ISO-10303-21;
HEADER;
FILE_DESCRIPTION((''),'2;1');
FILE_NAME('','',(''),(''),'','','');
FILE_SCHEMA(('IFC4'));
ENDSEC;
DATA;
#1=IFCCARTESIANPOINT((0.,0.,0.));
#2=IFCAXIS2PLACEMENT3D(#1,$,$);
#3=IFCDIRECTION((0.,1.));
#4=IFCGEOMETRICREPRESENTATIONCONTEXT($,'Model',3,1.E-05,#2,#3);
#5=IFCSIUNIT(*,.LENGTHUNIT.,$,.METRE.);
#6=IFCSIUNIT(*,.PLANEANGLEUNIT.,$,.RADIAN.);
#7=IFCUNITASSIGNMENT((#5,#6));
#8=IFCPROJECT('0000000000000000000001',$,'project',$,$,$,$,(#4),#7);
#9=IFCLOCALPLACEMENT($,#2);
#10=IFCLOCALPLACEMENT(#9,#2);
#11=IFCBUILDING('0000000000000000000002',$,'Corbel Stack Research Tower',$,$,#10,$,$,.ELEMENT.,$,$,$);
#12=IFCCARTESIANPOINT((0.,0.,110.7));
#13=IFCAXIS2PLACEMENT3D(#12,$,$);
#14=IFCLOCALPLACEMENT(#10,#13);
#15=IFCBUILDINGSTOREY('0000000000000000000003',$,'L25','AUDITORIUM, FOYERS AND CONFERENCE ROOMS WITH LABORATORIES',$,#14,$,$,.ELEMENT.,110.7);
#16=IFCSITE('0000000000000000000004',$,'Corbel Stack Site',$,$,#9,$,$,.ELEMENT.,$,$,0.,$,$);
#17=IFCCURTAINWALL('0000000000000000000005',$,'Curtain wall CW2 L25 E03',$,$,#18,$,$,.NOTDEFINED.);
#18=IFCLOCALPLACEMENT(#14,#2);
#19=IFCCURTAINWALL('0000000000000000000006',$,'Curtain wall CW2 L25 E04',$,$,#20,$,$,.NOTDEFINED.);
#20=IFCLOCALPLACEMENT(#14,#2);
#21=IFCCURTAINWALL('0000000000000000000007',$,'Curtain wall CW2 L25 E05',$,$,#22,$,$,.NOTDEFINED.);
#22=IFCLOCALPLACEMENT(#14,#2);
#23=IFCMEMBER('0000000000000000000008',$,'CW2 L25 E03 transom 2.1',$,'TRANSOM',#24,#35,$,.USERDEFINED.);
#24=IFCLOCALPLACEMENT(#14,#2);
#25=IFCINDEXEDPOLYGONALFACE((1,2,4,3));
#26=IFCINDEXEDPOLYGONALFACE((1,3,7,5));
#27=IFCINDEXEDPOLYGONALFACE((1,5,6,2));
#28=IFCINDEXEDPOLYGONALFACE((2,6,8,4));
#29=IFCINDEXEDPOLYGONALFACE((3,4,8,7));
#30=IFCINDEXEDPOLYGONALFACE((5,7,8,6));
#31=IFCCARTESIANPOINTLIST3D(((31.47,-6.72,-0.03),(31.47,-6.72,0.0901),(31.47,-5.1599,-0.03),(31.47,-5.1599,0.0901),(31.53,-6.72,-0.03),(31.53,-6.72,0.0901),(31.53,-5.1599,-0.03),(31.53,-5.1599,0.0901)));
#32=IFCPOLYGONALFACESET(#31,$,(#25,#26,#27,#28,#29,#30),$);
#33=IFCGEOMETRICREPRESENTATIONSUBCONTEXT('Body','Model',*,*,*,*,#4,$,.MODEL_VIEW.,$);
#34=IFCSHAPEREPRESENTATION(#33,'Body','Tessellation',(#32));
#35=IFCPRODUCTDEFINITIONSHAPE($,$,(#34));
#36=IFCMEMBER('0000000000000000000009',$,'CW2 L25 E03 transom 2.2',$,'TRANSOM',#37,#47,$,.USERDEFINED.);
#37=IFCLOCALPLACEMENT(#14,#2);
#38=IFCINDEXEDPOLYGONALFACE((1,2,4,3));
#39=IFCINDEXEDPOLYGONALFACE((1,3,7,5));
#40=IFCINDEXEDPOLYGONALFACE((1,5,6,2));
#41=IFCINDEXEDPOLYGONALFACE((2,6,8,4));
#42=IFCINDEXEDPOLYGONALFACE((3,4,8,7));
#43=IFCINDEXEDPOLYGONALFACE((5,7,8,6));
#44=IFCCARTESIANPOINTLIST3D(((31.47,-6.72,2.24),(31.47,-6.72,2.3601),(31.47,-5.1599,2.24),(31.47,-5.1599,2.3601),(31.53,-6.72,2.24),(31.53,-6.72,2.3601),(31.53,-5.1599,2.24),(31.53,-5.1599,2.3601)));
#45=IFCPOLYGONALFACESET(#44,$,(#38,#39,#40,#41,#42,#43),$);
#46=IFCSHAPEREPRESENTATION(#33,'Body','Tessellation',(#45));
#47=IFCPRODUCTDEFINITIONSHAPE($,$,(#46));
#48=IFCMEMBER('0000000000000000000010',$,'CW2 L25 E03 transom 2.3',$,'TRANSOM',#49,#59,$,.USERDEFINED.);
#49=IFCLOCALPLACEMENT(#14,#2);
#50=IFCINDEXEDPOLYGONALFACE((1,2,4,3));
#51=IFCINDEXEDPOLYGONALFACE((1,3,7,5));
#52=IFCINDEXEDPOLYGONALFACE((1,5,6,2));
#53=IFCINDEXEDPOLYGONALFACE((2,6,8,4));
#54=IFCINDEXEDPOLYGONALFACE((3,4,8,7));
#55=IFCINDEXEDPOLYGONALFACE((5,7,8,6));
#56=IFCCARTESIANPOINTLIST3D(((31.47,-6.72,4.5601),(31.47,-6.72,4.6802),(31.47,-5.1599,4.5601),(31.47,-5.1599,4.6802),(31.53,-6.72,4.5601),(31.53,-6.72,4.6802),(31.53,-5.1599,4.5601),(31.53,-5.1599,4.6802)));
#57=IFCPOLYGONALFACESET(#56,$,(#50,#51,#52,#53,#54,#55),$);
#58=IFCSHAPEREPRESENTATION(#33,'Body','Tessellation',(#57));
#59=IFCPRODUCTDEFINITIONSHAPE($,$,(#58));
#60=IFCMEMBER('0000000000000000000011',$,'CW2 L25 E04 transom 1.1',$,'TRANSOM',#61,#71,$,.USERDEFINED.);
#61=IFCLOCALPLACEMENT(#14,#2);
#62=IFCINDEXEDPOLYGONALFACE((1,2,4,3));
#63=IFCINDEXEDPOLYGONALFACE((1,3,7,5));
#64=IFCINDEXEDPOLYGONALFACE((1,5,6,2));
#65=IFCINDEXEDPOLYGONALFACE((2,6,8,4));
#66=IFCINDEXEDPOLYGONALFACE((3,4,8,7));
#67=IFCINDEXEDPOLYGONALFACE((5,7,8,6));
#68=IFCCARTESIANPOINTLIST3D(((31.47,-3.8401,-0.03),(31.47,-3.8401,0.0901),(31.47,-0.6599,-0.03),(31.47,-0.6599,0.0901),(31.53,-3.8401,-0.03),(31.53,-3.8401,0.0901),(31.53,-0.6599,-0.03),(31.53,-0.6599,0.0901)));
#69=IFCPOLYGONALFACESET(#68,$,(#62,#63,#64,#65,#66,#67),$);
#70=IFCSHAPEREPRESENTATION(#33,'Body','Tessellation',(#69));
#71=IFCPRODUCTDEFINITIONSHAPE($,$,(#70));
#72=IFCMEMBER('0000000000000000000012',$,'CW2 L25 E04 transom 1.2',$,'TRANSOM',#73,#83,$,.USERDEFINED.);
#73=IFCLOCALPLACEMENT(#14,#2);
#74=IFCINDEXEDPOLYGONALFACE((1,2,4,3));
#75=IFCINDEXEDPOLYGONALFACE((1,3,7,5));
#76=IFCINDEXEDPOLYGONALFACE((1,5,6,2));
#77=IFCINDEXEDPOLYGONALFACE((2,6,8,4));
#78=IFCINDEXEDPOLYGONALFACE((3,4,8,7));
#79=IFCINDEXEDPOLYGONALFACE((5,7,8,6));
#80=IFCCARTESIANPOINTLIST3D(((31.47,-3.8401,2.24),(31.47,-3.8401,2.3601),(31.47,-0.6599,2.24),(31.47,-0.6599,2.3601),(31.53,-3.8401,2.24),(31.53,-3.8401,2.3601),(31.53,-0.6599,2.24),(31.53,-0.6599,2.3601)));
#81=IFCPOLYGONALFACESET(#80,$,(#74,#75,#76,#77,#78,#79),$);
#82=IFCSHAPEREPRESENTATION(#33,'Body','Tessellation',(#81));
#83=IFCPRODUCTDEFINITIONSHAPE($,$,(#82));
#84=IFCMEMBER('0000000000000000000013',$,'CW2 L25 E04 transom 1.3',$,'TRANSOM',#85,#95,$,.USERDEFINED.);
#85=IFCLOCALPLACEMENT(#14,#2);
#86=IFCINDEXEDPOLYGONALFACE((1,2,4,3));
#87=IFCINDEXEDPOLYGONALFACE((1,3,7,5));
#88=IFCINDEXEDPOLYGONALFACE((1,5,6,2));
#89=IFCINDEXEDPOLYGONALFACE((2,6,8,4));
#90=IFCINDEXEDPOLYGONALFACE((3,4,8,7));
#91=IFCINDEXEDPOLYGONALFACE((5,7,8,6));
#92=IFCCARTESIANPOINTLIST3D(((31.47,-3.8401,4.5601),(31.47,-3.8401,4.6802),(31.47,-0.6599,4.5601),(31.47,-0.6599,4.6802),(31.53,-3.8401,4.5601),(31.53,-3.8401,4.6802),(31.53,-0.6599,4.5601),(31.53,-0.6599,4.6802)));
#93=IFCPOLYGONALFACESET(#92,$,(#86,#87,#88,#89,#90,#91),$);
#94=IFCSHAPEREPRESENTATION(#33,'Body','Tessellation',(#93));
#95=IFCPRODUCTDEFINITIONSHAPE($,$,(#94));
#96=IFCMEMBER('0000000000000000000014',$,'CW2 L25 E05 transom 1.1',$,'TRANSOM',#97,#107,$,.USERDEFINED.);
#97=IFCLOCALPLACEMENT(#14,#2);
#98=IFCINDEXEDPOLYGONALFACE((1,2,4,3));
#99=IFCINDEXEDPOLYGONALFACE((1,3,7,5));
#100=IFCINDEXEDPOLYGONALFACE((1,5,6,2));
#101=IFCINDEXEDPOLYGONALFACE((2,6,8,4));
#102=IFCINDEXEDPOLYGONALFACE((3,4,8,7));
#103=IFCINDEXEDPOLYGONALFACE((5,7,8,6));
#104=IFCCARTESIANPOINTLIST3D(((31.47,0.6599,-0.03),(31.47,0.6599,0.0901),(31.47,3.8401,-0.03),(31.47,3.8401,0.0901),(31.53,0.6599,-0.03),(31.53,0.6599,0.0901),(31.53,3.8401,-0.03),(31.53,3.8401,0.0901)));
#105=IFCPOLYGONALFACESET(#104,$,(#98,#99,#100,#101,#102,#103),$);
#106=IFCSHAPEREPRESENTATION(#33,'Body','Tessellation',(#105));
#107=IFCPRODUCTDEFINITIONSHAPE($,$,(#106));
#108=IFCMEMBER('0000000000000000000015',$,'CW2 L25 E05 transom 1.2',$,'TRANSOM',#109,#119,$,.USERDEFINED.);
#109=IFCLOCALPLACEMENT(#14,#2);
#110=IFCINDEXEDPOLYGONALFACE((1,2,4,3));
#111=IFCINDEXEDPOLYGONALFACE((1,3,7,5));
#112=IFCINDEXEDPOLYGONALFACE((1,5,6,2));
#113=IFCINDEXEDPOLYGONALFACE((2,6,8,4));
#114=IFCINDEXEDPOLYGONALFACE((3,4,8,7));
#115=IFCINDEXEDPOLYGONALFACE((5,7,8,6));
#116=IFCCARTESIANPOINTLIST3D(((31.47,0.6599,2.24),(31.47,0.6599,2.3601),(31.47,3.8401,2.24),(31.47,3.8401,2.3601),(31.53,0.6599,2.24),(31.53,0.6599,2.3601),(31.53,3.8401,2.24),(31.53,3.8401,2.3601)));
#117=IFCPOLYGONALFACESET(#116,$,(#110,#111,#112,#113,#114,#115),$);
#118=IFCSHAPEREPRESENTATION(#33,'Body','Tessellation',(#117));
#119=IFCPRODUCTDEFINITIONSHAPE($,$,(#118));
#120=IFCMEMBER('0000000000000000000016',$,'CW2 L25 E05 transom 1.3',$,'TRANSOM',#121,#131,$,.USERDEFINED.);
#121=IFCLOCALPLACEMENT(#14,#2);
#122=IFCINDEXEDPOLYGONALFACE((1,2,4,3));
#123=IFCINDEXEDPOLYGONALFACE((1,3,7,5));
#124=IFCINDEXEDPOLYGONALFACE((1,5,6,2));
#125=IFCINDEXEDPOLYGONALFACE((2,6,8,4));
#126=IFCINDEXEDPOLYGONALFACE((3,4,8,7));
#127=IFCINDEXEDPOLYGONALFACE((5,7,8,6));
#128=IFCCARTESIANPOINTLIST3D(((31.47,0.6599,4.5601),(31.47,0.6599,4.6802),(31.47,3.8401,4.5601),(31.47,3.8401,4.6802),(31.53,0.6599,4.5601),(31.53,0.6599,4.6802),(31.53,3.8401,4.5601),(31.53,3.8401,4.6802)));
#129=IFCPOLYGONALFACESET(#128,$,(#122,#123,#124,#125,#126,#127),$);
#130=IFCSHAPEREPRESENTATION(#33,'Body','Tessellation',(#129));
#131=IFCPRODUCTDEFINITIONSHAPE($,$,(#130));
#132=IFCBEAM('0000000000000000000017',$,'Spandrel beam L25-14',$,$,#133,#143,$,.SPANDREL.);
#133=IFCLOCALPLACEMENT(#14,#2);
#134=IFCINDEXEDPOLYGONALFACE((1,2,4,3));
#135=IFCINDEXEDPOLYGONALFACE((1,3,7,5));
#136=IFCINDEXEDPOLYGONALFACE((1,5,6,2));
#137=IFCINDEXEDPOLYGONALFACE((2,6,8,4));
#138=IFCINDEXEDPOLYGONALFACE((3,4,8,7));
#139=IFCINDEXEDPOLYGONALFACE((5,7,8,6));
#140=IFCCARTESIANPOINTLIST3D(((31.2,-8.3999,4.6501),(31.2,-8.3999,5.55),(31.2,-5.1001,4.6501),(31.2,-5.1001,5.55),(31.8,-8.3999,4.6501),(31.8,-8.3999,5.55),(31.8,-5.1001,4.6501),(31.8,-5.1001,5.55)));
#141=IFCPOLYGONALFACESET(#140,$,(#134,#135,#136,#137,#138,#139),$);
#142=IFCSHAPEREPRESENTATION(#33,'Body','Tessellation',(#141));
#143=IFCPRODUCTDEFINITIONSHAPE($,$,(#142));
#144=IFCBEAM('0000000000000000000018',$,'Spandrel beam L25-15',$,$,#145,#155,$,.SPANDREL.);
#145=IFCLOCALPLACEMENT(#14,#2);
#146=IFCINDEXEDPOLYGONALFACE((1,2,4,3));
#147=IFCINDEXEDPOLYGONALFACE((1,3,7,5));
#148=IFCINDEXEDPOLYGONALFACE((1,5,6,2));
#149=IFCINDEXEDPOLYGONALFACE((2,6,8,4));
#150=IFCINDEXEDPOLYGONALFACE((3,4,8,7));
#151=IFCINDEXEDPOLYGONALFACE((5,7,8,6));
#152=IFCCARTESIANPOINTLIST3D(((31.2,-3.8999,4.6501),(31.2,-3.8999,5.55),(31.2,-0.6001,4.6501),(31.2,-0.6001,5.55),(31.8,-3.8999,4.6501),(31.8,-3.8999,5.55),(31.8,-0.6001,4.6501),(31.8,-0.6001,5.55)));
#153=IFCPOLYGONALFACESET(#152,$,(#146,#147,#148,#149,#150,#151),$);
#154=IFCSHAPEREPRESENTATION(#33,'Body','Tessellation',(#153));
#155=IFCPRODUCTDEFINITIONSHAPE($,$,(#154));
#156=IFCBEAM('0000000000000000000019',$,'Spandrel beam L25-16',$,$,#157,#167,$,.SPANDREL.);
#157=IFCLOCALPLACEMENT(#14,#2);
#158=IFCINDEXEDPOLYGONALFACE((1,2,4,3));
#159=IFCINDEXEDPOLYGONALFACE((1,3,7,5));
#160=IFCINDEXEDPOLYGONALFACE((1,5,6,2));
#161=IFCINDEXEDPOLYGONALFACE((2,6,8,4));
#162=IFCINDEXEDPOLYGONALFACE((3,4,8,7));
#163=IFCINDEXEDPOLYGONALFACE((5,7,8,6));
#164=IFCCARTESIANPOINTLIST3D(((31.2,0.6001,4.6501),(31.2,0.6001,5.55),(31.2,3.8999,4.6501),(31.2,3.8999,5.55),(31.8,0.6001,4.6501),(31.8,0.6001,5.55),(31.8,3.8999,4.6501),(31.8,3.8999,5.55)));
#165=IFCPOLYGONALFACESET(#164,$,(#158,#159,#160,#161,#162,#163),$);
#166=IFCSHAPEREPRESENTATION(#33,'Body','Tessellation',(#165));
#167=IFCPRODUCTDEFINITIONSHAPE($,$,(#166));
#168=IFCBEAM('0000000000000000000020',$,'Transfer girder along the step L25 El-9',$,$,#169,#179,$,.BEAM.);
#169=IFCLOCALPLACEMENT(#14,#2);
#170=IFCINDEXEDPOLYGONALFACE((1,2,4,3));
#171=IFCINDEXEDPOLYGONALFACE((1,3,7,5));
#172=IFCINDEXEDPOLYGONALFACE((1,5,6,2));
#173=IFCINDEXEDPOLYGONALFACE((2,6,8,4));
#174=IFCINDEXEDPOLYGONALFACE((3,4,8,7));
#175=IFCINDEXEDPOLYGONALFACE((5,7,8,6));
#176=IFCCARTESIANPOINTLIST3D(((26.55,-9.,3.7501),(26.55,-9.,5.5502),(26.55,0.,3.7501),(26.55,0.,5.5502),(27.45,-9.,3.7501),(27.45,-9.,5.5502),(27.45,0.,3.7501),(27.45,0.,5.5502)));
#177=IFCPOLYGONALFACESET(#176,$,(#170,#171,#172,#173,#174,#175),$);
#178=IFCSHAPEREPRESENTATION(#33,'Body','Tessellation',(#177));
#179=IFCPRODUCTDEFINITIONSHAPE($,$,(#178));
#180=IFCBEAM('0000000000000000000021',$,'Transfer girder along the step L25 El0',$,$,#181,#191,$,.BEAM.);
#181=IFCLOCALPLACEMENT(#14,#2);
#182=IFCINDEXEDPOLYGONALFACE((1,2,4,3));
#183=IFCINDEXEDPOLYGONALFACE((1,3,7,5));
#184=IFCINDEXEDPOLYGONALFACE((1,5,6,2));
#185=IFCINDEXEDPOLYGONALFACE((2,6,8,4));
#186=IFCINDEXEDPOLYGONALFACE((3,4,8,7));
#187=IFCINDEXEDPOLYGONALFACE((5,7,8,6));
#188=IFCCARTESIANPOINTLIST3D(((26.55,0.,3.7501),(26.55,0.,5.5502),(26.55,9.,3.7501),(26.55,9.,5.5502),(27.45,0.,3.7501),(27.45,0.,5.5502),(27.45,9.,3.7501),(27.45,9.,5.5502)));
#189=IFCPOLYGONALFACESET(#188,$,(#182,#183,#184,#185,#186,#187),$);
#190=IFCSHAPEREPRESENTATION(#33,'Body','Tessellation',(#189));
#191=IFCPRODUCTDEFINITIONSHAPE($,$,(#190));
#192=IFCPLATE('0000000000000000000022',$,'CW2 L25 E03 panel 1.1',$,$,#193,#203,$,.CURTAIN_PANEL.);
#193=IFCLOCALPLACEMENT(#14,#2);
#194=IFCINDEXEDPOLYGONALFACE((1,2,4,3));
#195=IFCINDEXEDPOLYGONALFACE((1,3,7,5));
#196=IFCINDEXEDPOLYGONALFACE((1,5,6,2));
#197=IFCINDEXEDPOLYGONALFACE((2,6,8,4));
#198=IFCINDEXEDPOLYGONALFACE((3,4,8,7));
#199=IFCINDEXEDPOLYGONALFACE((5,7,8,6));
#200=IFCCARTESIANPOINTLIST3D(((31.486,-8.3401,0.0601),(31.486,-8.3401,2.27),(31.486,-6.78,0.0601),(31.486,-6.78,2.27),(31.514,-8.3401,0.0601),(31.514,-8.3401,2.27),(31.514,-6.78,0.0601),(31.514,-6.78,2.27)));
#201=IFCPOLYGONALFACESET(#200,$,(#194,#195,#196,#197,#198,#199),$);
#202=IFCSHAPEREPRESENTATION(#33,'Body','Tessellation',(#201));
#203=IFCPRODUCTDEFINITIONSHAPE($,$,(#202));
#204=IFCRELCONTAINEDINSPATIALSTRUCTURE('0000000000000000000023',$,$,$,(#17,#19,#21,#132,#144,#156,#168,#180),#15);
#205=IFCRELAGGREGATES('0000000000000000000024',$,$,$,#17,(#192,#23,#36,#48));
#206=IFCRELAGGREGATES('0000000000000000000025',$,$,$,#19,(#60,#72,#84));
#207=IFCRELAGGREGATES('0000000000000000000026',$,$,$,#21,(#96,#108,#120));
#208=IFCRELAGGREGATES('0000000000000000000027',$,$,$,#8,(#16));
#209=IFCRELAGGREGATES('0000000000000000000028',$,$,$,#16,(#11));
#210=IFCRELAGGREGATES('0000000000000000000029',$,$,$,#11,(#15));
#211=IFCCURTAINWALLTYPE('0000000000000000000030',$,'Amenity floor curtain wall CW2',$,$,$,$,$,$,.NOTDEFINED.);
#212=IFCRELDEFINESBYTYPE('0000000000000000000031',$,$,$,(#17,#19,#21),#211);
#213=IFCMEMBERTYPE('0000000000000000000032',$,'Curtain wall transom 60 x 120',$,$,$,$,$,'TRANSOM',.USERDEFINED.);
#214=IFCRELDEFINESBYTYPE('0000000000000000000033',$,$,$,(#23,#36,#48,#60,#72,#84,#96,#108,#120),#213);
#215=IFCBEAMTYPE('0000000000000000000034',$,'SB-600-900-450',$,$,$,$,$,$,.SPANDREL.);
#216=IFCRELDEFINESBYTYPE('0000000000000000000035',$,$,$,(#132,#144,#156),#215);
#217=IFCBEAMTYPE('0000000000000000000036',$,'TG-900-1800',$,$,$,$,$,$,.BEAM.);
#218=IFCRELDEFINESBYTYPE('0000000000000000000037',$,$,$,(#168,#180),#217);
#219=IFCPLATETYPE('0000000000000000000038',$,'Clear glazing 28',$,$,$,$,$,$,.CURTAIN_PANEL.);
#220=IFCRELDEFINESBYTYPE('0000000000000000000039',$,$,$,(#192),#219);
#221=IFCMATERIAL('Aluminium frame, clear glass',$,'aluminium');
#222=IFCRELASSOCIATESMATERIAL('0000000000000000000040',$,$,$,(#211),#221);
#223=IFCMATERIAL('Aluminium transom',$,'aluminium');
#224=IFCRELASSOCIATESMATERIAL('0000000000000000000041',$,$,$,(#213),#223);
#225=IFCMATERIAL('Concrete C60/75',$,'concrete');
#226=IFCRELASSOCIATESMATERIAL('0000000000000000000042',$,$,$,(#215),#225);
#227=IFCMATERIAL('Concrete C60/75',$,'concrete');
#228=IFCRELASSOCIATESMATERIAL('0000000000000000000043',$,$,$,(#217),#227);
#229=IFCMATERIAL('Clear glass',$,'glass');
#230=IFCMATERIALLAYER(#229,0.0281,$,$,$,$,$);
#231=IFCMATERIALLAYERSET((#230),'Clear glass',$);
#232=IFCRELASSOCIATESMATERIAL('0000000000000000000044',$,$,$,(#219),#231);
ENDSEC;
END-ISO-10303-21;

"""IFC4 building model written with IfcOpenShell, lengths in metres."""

from ifc_helpers import new_model, si_unit, direction, frame, origin, origin_2d, place, context, subcontext, project, spatial, rectangle, extrude, material, layer, layer_set, material_profile, profile_set, type_object, element, aggregate, save


model = new_model("IFC4")

# Units and contexts
model_context = context("Model", 3, precision=1e-05, world=origin(), true_north=direction((0.0, 1.0)))
body_context = subcontext(model_context, "Body", "Model", "MODEL_VIEW")
ifc_project = project(units=[si_unit("LENGTHUNIT", "METRE"), si_unit("PLANEANGLEUNIT", "RADIAN")], contexts=[model_context])

# Site, building, storey
site_placement = place(None, origin())
site = spatial("IfcSite", under=ifc_project, at=site_placement, Name="Corbel Stack Site", CompositionType="ELEMENT", RefElevation=0.0)
building_placement = place(site_placement, origin())
building = spatial("IfcBuilding", under=site, at=building_placement, Name="Corbel Stack Research Tower", CompositionType="ELEMENT")
storey_placement = place(building_placement, frame((0.0, 0.0, 110.7)))
storey = spatial("IfcBuildingStorey", under=building, at=storey_placement, Name="L25", Description="AUDITORIUM, FOYERS AND CONFERENCE ROOMS WITH LABORATORIES", CompositionType="ELEMENT", Elevation=110.7)

# Curtain walls
ifc_material_1 = material(Name="Aluminium frame, clear glass", Category="aluminium")
curtain_wall_type = type_object("IfcCurtainWallType", Name="Amenity floor curtain wall CW2", PredefinedType="NOTDEFINED", material=ifc_material_1)
curtain_wall_1_placement = place(storey_placement, origin())
curtain_wall_1 = element("IfcCurtainWall", 1, at=curtain_wall_1_placement, inside=storey, type_object=curtain_wall_type, Name="Curtain wall CW2 L25 E03", PredefinedType="NOTDEFINED")
curtain_wall_2_placement = place(storey_placement, origin())
curtain_wall_2 = element("IfcCurtainWall", 2, at=curtain_wall_2_placement, inside=storey, type_object=curtain_wall_type, Name="Curtain wall CW2 L25 E04", PredefinedType="NOTDEFINED")

# Curtain wall
curtain_wall_3_placement = place(storey_placement, origin())
curtain_wall_3 = element("IfcCurtainWall", 3, at=curtain_wall_3_placement, inside=storey, type_object=curtain_wall_type, Name="Curtain wall CW2 L25 E05", PredefinedType="NOTDEFINED")

# Members
ifc_material_2 = material(Name="Aluminium transom", Category="aluminium")
ifc_material_profile_1 = material_profile(ifc_material_2, rectangle(XDim=0.0601, YDim=0.1201, at=origin_2d()), Name="Transom 60 x 120")
ifc_profile_set_1 = profile_set([ifc_material_profile_1], Name="Aluminium transom")
member_type_1 = type_object("IfcMemberType", Name="Curtain wall transom 60 x 120", ElementType="TRANSOM", PredefinedType="USERDEFINED", material=ifc_profile_set_1)
member_1_placement = place(storey_placement, frame((31.5, -6.72, 0.03), z_axis=(0.0, 1.0, 0.0), x_axis=(-1.0, 0.0, 0.0)))
member_1 = element("IfcMember", 4, at=member_1_placement, type_object=member_type_1, Name="CW2 L25 E03 transom 2.1", ObjectType="TRANSOM", PredefinedType="USERDEFINED", context=body_context, shape_type="SweptSolid", body=[
    extrude(rectangle(XDim=0.0601, YDim=0.1201, at=origin_2d()), origin(), (0.0, 0.0, 1.0), 1.5601),
])
member_2_placement = place(storey_placement, frame((31.5, -6.72, 2.3), z_axis=(0.0, 1.0, 0.0), x_axis=(-1.0, 0.0, 0.0)))
member_2 = element("IfcMember", 5, at=member_2_placement, type_object=member_type_1, Name="CW2 L25 E03 transom 2.2", ObjectType="TRANSOM", PredefinedType="USERDEFINED", context=body_context, shape_type="SweptSolid", body=[
    extrude(rectangle(XDim=0.0601, YDim=0.1201, at=origin_2d()), origin(), (0.0, 0.0, 1.0), 1.5601),
])
member_3_placement = place(storey_placement, frame((31.5, -6.72, 4.6201), z_axis=(0.0, 1.0, 0.0), x_axis=(-1.0, 0.0, 0.0)))
member_3 = element("IfcMember", 6, at=member_3_placement, type_object=member_type_1, Name="CW2 L25 E03 transom 2.3", ObjectType="TRANSOM", PredefinedType="USERDEFINED", context=body_context, shape_type="SweptSolid", body=[
    extrude(rectangle(XDim=0.0601, YDim=0.1201, at=origin_2d()), origin(), (0.0, 0.0, 1.0), 1.5601),
])
member_4_placement = place(storey_placement, frame((31.5, -3.8401, 0.03), z_axis=(0.0, 1.0, 0.0), x_axis=(-1.0, 0.0, 0.0)))
member_4 = element("IfcMember", 7, at=member_4_placement, type_object=member_type_1, Name="CW2 L25 E04 transom 1.1", ObjectType="TRANSOM", PredefinedType="USERDEFINED", context=body_context, shape_type="SweptSolid", body=[
    extrude(rectangle(XDim=0.0601, YDim=0.1201, at=origin_2d()), origin(), (0.0, 0.0, 1.0), 3.1802),
])
member_5_placement = place(storey_placement, frame((31.5, -3.8401, 2.3), z_axis=(0.0, 1.0, 0.0), x_axis=(-1.0, 0.0, 0.0)))
member_5 = element("IfcMember", 8, at=member_5_placement, type_object=member_type_1, Name="CW2 L25 E04 transom 1.2", ObjectType="TRANSOM", PredefinedType="USERDEFINED", context=body_context, shape_type="SweptSolid", body=[
    extrude(rectangle(XDim=0.0601, YDim=0.1201, at=origin_2d()), origin(), (0.0, 0.0, 1.0), 3.1802),
])
member_6_placement = place(storey_placement, frame((31.5, -3.8401, 4.6201), z_axis=(0.0, 1.0, 0.0), x_axis=(-1.0, 0.0, 0.0)))
member_6 = element("IfcMember", 9, at=member_6_placement, type_object=member_type_1, Name="CW2 L25 E04 transom 1.3", ObjectType="TRANSOM", PredefinedType="USERDEFINED", context=body_context, shape_type="SweptSolid", body=[
    extrude(rectangle(XDim=0.0601, YDim=0.1201, at=origin_2d()), origin(), (0.0, 0.0, 1.0), 3.1802),
])
member_7_placement = place(storey_placement, frame((31.5, 0.6599, 0.03), z_axis=(0.0, 1.0, 0.0), x_axis=(-1.0, 0.0, 0.0)))
member_7 = element("IfcMember", 10, at=member_7_placement, type_object=member_type_1, Name="CW2 L25 E05 transom 1.1", ObjectType="TRANSOM", PredefinedType="USERDEFINED", context=body_context, shape_type="SweptSolid", body=[
    extrude(rectangle(XDim=0.0601, YDim=0.1201, at=origin_2d()), origin(), (0.0, 0.0, 1.0), 3.1802),
])
member_8_placement = place(storey_placement, frame((31.5, 0.6599, 2.3), z_axis=(0.0, 1.0, 0.0), x_axis=(-1.0, 0.0, 0.0)))
member_8 = element("IfcMember", 11, at=member_8_placement, type_object=member_type_1, Name="CW2 L25 E05 transom 1.2", ObjectType="TRANSOM", PredefinedType="USERDEFINED", context=body_context, shape_type="SweptSolid", body=[
    extrude(rectangle(XDim=0.0601, YDim=0.1201, at=origin_2d()), origin(), (0.0, 0.0, 1.0), 3.1802),
])
member_9_placement = place(storey_placement, frame((31.5, 0.6599, 4.6201), z_axis=(0.0, 1.0, 0.0), x_axis=(-1.0, 0.0, 0.0)))
member_9 = element("IfcMember", 12, at=member_9_placement, type_object=member_type_1, Name="CW2 L25 E05 transom 1.3", ObjectType="TRANSOM", PredefinedType="USERDEFINED", context=body_context, shape_type="SweptSolid", body=[
    extrude(rectangle(XDim=0.0601, YDim=0.1201, at=origin_2d()), origin(), (0.0, 0.0, 1.0), 3.1802),
])

# Beams
ifc_material_3 = material(Name="Concrete C60/75", Category="concrete")
ifc_material_profile_2 = material_profile(ifc_material_3, rectangle(XDim=0.6001, YDim=0.8999, at=origin_2d()), Name="RC 600 x 900")
ifc_profile_set_2 = profile_set([ifc_material_profile_2], Name="Concrete C60/75")
beam_type_1 = type_object("IfcBeamType", Name="SB-600-900-450", PredefinedType="SPANDREL", material=ifc_profile_set_2)
for number, where, z_axis, x_axis, name in (
    (13, (31.5, -8.3999, 5.1001), (0.0, 1.0, 0.0), (-1.0, 0.0, 0.0), "Spandrel beam L25-14"),
    (14, (31.5, -3.8999, 5.1001), (0.0, 1.0, 0.0), (-1.0, 0.0, 0.0), "Spandrel beam L25-15"),
    (15, (31.5, 0.6001, 5.1001), (0.0, 1.0, 0.0), (-1.0, 0.0, 0.0), "Spandrel beam L25-16"),
):
    element("IfcBeam", number, at=place(storey_placement, frame(where, z_axis=z_axis, x_axis=x_axis)), inside=storey, type_object=beam_type_1, Name=name, PredefinedType="SPANDREL", context=body_context, shape_type="SweptSolid", body=[
        extrude(rectangle(XDim=0.6001, YDim=0.8999, at=origin_2d()), origin(), (0.0, 0.0, 1.0), 3.2998),
    ])
ifc_material_4 = material(Name="Concrete C60/75", Category="concrete")
ifc_material_profile_3 = material_profile(ifc_material_4, rectangle(XDim=0.8999, YDim=1.8, at=origin_2d()), Name="RC 900 x 1800")
ifc_profile_set_3 = profile_set([ifc_material_profile_3], Name="Concrete C60/75")
beam_type_2 = type_object("IfcBeamType", Name="TG-900-1800", PredefinedType="BEAM", material=ifc_profile_set_3)
for number, where, z_axis, x_axis, name in (
    (16, (27.0, -9.0, 4.6501), (0.0, 1.0, 0.0), (-1.0, 0.0, 0.0), "Transfer girder along the step L25 El-9"),
    (17, (27.0, 0.0, 4.6501), (0.0, 1.0, 0.0), (-1.0, 0.0, 0.0), "Transfer girder along the step L25 El0"),
):
    element("IfcBeam", number, at=place(storey_placement, frame(where, z_axis=z_axis, x_axis=x_axis)), inside=storey, type_object=beam_type_2, Name=name, PredefinedType="BEAM", context=body_context, shape_type="SweptSolid", body=[
        extrude(rectangle(XDim=0.8999, YDim=1.8, at=origin_2d()), origin(), (0.0, 0.0, 1.0), 9.0),
    ])

# Plate
ifc_material_5 = material(Name="Clear glass", Category="glass")
ifc_layer_1 = layer(ifc_material_5, 0.0281)
ifc_layer_set_1 = layer_set([ifc_layer_1], Name="Clear glass")
plate_type = type_object("IfcPlateType", Name="Clear glazing 28", PredefinedType="CURTAIN_PANEL", material=ifc_layer_set_1)
plate_1_placement = place(storey_placement, frame((31.5, -7.5601, 0.0601), z_axis=(0.0, 0.0, 1.0), x_axis=(0.0, 1.0, 0.0)))
plate_1 = element("IfcPlate", 18, at=plate_1_placement, type_object=plate_type, Name="CW2 L25 E03 panel 1.1", PredefinedType="CURTAIN_PANEL", context=body_context, shape_type="SweptSolid", body=[
    extrude(rectangle(XDim=1.5601, YDim=0.0281, at=origin_2d()), origin(), (0.0, 0.0, 1.0), 2.21),
])
aggregate(curtain_wall_1, [plate_1, member_1, member_2, member_3])
aggregate(curtain_wall_2, [member_4, member_5, member_6])
aggregate(curtain_wall_3, [member_7, member_8, member_9])

save(model, "model.ifc")
